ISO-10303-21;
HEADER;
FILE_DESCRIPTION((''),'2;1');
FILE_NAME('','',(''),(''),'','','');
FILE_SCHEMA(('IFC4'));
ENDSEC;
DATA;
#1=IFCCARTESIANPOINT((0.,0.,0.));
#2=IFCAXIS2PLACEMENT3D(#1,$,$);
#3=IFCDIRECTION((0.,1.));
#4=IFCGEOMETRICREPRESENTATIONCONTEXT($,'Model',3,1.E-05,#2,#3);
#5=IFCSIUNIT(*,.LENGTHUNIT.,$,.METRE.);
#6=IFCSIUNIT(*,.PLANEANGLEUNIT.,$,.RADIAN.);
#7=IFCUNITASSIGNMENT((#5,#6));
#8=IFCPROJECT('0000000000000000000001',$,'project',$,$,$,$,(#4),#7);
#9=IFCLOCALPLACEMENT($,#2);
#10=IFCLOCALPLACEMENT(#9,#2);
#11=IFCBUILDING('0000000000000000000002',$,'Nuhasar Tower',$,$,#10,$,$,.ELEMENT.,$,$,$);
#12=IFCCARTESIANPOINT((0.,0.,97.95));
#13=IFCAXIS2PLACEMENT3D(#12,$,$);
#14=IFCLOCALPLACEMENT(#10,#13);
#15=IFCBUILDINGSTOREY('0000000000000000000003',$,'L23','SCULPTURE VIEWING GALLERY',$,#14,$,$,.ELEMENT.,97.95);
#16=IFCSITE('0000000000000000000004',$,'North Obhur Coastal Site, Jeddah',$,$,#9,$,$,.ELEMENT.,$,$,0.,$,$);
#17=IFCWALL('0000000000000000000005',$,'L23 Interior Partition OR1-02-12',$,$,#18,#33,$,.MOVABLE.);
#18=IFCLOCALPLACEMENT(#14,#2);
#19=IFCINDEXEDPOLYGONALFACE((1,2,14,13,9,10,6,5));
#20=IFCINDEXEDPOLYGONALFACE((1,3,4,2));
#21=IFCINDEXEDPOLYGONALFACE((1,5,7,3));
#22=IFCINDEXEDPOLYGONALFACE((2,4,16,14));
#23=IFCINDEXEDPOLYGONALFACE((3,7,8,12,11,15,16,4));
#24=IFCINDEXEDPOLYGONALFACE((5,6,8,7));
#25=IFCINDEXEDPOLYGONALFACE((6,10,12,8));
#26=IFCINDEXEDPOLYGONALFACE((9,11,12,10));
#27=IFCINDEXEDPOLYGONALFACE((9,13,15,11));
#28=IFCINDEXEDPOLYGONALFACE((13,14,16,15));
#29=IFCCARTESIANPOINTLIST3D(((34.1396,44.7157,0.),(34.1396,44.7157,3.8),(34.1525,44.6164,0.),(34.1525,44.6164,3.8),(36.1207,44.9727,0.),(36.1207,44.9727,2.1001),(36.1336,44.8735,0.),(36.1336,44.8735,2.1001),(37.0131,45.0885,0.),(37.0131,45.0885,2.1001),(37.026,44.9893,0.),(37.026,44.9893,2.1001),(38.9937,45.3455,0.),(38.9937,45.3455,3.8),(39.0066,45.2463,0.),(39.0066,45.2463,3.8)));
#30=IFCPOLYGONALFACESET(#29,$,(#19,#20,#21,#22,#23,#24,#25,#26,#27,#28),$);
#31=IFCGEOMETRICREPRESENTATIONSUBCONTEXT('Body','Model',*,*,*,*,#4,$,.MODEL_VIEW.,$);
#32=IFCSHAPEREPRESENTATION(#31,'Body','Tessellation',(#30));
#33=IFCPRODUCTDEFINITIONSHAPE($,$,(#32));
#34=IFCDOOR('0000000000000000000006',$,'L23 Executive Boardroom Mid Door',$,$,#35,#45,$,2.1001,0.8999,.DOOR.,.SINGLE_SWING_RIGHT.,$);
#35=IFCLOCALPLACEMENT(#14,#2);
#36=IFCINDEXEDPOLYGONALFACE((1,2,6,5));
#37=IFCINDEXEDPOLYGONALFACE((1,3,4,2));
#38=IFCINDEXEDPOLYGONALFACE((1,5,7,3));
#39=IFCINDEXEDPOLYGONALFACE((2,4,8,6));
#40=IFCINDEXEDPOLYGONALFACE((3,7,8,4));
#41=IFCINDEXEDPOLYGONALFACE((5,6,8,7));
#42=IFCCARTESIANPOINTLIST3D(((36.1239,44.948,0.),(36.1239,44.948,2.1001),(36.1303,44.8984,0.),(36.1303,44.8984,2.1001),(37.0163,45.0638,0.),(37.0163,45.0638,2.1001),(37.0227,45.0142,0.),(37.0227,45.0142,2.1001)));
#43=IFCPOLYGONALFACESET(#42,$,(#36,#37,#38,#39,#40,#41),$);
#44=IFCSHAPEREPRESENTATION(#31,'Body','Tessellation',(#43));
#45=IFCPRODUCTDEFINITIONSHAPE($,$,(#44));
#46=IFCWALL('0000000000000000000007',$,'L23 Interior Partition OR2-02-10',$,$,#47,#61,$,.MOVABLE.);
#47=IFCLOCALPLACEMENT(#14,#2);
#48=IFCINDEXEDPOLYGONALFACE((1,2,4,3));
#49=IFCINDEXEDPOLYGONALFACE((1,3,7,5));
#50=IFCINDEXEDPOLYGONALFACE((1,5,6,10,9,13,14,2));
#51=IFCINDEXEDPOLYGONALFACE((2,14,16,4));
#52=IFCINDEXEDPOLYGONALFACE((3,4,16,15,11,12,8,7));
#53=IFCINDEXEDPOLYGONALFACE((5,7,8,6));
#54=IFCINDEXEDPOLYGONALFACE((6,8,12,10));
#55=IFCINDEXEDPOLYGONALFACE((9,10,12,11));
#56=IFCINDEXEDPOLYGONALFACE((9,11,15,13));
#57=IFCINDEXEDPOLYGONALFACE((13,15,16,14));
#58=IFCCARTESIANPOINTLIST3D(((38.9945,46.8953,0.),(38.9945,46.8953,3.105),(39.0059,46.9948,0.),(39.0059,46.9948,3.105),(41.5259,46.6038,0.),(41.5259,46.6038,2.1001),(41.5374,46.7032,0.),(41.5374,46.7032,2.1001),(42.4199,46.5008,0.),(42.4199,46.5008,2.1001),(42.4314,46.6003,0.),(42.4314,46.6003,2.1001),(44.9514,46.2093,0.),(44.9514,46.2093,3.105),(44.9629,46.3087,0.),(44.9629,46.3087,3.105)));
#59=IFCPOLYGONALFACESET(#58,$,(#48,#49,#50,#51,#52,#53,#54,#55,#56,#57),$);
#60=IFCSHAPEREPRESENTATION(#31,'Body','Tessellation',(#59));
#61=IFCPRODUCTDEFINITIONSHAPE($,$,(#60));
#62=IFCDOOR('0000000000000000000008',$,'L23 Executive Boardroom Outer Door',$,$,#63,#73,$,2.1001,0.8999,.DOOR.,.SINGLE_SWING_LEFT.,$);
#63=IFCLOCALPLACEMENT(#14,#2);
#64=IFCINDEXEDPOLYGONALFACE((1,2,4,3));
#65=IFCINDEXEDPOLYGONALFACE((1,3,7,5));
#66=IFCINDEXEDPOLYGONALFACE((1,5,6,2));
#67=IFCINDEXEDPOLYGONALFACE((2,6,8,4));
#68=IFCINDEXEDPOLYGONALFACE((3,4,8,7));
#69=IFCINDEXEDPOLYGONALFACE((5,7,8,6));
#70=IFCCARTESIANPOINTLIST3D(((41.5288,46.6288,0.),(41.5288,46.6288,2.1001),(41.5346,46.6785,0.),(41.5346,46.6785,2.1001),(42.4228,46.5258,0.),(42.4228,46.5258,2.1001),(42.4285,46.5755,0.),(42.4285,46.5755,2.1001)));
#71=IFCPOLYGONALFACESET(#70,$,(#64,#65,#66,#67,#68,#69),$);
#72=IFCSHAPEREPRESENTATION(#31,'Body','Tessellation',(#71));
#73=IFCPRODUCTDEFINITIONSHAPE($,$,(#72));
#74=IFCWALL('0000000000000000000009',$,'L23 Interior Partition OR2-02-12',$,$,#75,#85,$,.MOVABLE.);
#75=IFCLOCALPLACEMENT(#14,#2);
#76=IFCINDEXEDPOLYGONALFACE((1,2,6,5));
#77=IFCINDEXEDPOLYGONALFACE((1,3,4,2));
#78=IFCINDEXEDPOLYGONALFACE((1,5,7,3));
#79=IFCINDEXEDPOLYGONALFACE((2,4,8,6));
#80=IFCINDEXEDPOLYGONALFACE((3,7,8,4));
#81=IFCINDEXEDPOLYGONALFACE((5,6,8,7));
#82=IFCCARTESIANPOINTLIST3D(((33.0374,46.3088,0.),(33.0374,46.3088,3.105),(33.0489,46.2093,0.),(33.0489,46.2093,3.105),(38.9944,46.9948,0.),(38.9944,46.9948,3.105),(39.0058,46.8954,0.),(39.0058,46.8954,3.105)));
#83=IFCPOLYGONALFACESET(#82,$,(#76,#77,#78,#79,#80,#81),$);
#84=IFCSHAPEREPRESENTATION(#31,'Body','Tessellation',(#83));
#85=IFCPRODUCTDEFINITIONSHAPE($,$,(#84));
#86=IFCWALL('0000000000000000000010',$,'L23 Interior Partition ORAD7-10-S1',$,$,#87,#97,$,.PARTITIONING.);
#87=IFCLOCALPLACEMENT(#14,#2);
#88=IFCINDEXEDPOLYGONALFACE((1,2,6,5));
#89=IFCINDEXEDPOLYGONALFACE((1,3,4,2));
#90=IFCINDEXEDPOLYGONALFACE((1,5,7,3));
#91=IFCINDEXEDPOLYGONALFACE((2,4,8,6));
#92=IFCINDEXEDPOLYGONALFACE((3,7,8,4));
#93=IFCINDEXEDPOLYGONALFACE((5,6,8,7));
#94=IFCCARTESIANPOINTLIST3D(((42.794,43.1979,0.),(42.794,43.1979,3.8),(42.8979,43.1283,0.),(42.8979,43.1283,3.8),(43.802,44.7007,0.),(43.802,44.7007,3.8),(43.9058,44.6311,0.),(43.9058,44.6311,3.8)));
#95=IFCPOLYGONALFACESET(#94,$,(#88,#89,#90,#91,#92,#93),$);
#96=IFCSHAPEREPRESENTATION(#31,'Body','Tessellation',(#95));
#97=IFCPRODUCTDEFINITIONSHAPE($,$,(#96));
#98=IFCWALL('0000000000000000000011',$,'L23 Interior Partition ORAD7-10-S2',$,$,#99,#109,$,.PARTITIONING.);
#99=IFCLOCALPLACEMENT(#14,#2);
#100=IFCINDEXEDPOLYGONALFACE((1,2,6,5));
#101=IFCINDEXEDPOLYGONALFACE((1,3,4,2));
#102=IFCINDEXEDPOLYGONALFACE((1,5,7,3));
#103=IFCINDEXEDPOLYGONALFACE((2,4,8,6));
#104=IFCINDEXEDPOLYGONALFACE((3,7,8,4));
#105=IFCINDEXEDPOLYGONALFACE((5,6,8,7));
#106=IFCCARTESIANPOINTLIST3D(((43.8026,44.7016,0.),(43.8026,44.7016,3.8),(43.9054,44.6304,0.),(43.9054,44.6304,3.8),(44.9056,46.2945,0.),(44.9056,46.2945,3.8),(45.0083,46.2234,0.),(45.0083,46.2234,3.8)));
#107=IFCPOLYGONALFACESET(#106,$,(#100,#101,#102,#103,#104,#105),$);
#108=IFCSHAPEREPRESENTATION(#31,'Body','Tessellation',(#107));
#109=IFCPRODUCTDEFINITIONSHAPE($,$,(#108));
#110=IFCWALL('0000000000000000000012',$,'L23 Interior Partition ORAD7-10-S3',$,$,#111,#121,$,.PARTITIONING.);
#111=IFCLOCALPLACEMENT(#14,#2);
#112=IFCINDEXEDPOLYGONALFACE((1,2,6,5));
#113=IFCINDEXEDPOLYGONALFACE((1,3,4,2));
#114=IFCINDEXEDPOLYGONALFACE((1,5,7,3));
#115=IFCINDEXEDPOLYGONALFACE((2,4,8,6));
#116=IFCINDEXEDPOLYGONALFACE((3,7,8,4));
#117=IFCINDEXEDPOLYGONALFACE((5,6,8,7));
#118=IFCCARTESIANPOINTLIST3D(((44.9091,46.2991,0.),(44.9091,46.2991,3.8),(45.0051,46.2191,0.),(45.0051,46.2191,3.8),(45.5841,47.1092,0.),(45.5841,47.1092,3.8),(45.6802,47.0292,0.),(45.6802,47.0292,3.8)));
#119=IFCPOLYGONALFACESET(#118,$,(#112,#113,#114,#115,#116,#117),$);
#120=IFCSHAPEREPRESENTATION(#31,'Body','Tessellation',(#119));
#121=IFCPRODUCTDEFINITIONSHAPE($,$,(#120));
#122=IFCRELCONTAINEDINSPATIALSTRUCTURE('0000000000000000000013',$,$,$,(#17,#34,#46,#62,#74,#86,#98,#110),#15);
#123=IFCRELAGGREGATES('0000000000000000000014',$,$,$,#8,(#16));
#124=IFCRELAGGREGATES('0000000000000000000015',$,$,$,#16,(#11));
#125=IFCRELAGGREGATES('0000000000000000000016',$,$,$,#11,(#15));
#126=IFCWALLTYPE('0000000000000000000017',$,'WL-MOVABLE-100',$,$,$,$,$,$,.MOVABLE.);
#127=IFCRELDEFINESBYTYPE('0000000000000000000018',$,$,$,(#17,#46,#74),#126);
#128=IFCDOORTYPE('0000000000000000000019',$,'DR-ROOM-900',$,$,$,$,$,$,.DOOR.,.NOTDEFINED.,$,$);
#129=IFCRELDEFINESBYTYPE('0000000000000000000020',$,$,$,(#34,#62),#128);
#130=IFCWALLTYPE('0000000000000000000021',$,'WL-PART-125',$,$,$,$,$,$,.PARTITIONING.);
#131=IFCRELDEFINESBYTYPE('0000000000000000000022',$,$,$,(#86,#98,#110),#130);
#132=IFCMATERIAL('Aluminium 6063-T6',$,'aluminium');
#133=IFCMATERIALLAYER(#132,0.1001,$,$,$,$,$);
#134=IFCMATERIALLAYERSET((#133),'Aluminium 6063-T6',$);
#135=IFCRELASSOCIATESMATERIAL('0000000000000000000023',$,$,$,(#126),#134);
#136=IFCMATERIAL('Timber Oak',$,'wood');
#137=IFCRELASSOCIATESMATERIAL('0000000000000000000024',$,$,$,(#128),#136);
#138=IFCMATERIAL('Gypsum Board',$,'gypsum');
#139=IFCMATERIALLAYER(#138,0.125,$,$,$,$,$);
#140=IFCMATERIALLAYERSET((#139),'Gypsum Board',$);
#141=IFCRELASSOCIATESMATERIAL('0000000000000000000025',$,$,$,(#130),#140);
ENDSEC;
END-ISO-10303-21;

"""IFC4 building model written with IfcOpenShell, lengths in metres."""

from ifc_helpers import new_model, si_unit, direction, frame, frame_2d, origin, place, context, subcontext, project, spatial, rectangle, extrude, material, layer, layer_set, type_object, element, fill, save


model = new_model("IFC4")

# Units and contexts
model_context = context("Model", 3, precision=1e-05, world=origin(), true_north=direction((0.0, 1.0)))
body_context = subcontext(model_context, "Body", "Model", "MODEL_VIEW")
ifc_project = project(units=[si_unit("LENGTHUNIT", "METRE"), si_unit("PLANEANGLEUNIT", "RADIAN")], contexts=[model_context])

# Site, building, storey
site_placement = place(None, origin())
site = spatial("IfcSite", under=ifc_project, at=site_placement, Name="North Obhur Coastal Site, Jeddah", CompositionType="ELEMENT", RefElevation=0.0)
building_placement = place(site_placement, origin())
building = spatial("IfcBuilding", under=site, at=building_placement, Name="Nuhasar Tower", CompositionType="ELEMENT")
storey_placement = place(building_placement, frame((0.0, 0.0, 97.95)))
storey = spatial("IfcBuildingStorey", under=building, at=storey_placement, Name="L23", Description="SCULPTURE VIEWING GALLERY", CompositionType="ELEMENT", Elevation=97.95)

# Shared definitions
ifc_material_1 = material(Name="Aluminium 6063-T6", Category="aluminium")

# Shared definitions
ifc_material_2 = material(Name="Gypsum Board", Category="gypsum")

# Shared definitions
ifc_material_3 = material(Name="Timber Oak", Category="wood")

# Shared definitions
ifc_layer_1 = layer(ifc_material_1, 0.1001)
ifc_layer_set_1 = layer_set([ifc_layer_1], Name="Aluminium 6063-T6")
wall_type_1 = type_object("IfcWallType", Name="WL-MOVABLE-100", PredefinedType="MOVABLE", material=ifc_layer_set_1)

# Walls, openings, doors
wall_1_placement = place(storey_placement, frame((39.0, 45.2959, 0.0), z_axis=(0.0, 0.0, 1.0), x_axis=(-0.991685, -0.128687, 0.0)))
wall_1 = element("IfcWall", 1, at=wall_1_placement, inside=storey, type_object=wall_type_1, Name="L23 Interior Partition OR1-02-12", PredefinedType="MOVABLE", context=body_context, shape_type="SweptSolid", body=[
    extrude(rectangle(XDim=4.8948, YDim=0.1001, at=frame_2d((2.4473, 0.0))), origin(), (0.0, 0.0, 1.0), 3.8),
])
opening_1_placement = place(wall_1_placement, frame((1.9971, 0.0, 0.0)))
opening_1 = element("IfcOpeningElement", 2, at=opening_1_placement, cuts=wall_1, PredefinedType="OPENING", context=body_context, shape_type="SweptSolid", body=[
    extrude(rectangle(XDim=0.8999, YDim=2.1001, at=frame_2d((0.45, 1.05))), frame((0.0, 0.0601, 0.0), z_axis=(0.0, -1.0, 0.0), x_axis=(1.0, 0.0, 0.0)), (0.0, 0.0, 1.0), 0.1201),
])
door_type_1 = type_object("IfcDoorType", Name="DR-ROOM-900", OperationType="NOTDEFINED", PredefinedType="DOOR", material=ifc_material_3)
door_1_placement = place(opening_1_placement, origin())
door_1 = element("IfcDoor", 3, at=door_1_placement, inside=storey, type_object=door_type_1, Name="L23 Executive Boardroom Mid Door", OperationType="SINGLE_SWING_RIGHT", OverallHeight=2.1001, OverallWidth=0.8999, PredefinedType="DOOR", context=body_context, shape_type="SweptSolid", body=[
    extrude(rectangle(XDim=0.8999, YDim=2.1001, at=frame_2d((0.45, 1.05))), frame((0.0, 0.0249, 0.0), z_axis=(0.0, -1.0, 0.0), x_axis=(1.0, 0.0, 0.0)), (0.0, 0.0, 1.0), 0.05),
])
fill(opening_1, door_1)
wall_2_placement = place(storey_placement, frame((44.957, 46.259, 0.0), z_axis=(0.0, 0.0, 1.0), x_axis=(-0.993434, 0.114408, 0.0)))
wall_2 = element("IfcWall", 4, at=wall_2_placement, inside=storey, type_object=wall_type_1, Name="L23 Interior Partition OR2-02-10", PredefinedType="MOVABLE", context=body_context, shape_type="SweptSolid", body=[
    extrude(rectangle(XDim=5.9963, YDim=0.1001, at=frame_2d((2.998, 0.0))), origin(), (0.0, 0.0, 1.0), 3.105),
])
opening_2_placement = place(wall_2_placement, frame((2.5481, 0.0, 0.0)))
opening_2 = element("IfcOpeningElement", 5, at=opening_2_placement, cuts=wall_2, PredefinedType="OPENING", context=body_context, shape_type="SweptSolid", body=[
    extrude(rectangle(XDim=0.8999, YDim=2.1001, at=frame_2d((0.45, 1.05))), frame((0.0, 0.0601, 0.0), z_axis=(0.0, -1.0, 0.0), x_axis=(1.0, 0.0, 0.0)), (0.0, 0.0, 1.0), 0.1201),
])
door_2_placement = place(opening_2_placement, origin())
door_2 = element("IfcDoor", 6, at=door_2_placement, inside=storey, type_object=door_type_1, Name="L23 Executive Boardroom Outer Door", OperationType="SINGLE_SWING_LEFT", OverallHeight=2.1001, OverallWidth=0.8999, PredefinedType="DOOR", context=body_context, shape_type="SweptSolid", body=[
    extrude(rectangle(XDim=0.8999, YDim=2.1001, at=frame_2d((0.45, 1.05))), frame((0.0, 0.0249, 0.0), z_axis=(0.0, -1.0, 0.0), x_axis=(1.0, 0.0, 0.0)), (0.0, 0.0, 1.0), 0.05),
])
fill(opening_2, door_2)

# Walls
wall_3_placement = place(storey_placement, frame((39.0, 46.9451, 0.0), z_axis=(0.0, 0.0, 1.0), x_axis=(-0.993434, -0.114408, 0.0)))
element("IfcWall", 7, at=wall_3_placement, inside=storey, type_object=wall_type_1, Name="L23 Interior Partition OR2-02-12", PredefinedType="MOVABLE", context=body_context, shape_type="SweptSolid", body=[
    extrude(rectangle(XDim=5.9963, YDim=0.1001, at=frame_2d((2.998, 0.0))), origin(), (0.0, 0.0, 1.0), 3.105),
])
ifc_layer_2 = layer(ifc_material_2, 0.125)
ifc_layer_set_2 = layer_set([ifc_layer_2], Name="Gypsum Board")
wall_type_2 = type_object("IfcWallType", Name="WL-PART-125", PredefinedType="PARTITIONING", material=ifc_layer_set_2)
wall_4_placement = place(storey_placement, frame((42.8459, 43.1631, 0.0), z_axis=(0.0, 0.0, 1.0), x_axis=(0.557033, 0.83049, 0.0)))
element("IfcWall", 8, at=wall_4_placement, inside=storey, type_object=wall_type_2, Name="L23 Interior Partition ORAD7-10-S1", PredefinedType="PARTITIONING", context=body_context, shape_type="SweptSolid", body=[
    extrude(rectangle(XDim=1.8096, YDim=0.125, at=frame_2d((0.9048, 0.0))), origin(), (0.0, 0.0, 1.0), 3.8),
])
wall_5_placement = place(storey_placement, frame((43.854, 44.666, 0.0), z_axis=(0.0, 0.0, 1.0), x_axis=(0.569269, 0.822151, 0.0)))
element("IfcWall", 9, at=wall_5_placement, inside=storey, type_object=wall_type_2, Name="L23 Interior Partition ORAD7-10-S2", PredefinedType="PARTITIONING", context=body_context, shape_type="SweptSolid", body=[
    extrude(rectangle(XDim=1.9375, YDim=0.125, at=frame_2d((0.9688, 0.0))), origin(), (0.0, 0.0, 1.0), 3.8),
])
wall_6_placement = place(storey_placement, frame((44.957, 46.259, 0.0), z_axis=(0.0, 0.0, 1.0), x_axis=(0.640184, 0.768221, 0.0)))
element("IfcWall", 10, at=wall_6_placement, inside=storey, type_object=wall_type_2, Name="L23 Interior Partition ORAD7-10-S3", PredefinedType="PARTITIONING", context=body_context, shape_type="SweptSolid", body=[
    extrude(rectangle(XDim=1.0544, YDim=0.125, at=frame_2d((0.5273, 0.0))), origin(), (0.0, 0.0, 1.0), 3.8),
])

save(model, "model.ifc")
